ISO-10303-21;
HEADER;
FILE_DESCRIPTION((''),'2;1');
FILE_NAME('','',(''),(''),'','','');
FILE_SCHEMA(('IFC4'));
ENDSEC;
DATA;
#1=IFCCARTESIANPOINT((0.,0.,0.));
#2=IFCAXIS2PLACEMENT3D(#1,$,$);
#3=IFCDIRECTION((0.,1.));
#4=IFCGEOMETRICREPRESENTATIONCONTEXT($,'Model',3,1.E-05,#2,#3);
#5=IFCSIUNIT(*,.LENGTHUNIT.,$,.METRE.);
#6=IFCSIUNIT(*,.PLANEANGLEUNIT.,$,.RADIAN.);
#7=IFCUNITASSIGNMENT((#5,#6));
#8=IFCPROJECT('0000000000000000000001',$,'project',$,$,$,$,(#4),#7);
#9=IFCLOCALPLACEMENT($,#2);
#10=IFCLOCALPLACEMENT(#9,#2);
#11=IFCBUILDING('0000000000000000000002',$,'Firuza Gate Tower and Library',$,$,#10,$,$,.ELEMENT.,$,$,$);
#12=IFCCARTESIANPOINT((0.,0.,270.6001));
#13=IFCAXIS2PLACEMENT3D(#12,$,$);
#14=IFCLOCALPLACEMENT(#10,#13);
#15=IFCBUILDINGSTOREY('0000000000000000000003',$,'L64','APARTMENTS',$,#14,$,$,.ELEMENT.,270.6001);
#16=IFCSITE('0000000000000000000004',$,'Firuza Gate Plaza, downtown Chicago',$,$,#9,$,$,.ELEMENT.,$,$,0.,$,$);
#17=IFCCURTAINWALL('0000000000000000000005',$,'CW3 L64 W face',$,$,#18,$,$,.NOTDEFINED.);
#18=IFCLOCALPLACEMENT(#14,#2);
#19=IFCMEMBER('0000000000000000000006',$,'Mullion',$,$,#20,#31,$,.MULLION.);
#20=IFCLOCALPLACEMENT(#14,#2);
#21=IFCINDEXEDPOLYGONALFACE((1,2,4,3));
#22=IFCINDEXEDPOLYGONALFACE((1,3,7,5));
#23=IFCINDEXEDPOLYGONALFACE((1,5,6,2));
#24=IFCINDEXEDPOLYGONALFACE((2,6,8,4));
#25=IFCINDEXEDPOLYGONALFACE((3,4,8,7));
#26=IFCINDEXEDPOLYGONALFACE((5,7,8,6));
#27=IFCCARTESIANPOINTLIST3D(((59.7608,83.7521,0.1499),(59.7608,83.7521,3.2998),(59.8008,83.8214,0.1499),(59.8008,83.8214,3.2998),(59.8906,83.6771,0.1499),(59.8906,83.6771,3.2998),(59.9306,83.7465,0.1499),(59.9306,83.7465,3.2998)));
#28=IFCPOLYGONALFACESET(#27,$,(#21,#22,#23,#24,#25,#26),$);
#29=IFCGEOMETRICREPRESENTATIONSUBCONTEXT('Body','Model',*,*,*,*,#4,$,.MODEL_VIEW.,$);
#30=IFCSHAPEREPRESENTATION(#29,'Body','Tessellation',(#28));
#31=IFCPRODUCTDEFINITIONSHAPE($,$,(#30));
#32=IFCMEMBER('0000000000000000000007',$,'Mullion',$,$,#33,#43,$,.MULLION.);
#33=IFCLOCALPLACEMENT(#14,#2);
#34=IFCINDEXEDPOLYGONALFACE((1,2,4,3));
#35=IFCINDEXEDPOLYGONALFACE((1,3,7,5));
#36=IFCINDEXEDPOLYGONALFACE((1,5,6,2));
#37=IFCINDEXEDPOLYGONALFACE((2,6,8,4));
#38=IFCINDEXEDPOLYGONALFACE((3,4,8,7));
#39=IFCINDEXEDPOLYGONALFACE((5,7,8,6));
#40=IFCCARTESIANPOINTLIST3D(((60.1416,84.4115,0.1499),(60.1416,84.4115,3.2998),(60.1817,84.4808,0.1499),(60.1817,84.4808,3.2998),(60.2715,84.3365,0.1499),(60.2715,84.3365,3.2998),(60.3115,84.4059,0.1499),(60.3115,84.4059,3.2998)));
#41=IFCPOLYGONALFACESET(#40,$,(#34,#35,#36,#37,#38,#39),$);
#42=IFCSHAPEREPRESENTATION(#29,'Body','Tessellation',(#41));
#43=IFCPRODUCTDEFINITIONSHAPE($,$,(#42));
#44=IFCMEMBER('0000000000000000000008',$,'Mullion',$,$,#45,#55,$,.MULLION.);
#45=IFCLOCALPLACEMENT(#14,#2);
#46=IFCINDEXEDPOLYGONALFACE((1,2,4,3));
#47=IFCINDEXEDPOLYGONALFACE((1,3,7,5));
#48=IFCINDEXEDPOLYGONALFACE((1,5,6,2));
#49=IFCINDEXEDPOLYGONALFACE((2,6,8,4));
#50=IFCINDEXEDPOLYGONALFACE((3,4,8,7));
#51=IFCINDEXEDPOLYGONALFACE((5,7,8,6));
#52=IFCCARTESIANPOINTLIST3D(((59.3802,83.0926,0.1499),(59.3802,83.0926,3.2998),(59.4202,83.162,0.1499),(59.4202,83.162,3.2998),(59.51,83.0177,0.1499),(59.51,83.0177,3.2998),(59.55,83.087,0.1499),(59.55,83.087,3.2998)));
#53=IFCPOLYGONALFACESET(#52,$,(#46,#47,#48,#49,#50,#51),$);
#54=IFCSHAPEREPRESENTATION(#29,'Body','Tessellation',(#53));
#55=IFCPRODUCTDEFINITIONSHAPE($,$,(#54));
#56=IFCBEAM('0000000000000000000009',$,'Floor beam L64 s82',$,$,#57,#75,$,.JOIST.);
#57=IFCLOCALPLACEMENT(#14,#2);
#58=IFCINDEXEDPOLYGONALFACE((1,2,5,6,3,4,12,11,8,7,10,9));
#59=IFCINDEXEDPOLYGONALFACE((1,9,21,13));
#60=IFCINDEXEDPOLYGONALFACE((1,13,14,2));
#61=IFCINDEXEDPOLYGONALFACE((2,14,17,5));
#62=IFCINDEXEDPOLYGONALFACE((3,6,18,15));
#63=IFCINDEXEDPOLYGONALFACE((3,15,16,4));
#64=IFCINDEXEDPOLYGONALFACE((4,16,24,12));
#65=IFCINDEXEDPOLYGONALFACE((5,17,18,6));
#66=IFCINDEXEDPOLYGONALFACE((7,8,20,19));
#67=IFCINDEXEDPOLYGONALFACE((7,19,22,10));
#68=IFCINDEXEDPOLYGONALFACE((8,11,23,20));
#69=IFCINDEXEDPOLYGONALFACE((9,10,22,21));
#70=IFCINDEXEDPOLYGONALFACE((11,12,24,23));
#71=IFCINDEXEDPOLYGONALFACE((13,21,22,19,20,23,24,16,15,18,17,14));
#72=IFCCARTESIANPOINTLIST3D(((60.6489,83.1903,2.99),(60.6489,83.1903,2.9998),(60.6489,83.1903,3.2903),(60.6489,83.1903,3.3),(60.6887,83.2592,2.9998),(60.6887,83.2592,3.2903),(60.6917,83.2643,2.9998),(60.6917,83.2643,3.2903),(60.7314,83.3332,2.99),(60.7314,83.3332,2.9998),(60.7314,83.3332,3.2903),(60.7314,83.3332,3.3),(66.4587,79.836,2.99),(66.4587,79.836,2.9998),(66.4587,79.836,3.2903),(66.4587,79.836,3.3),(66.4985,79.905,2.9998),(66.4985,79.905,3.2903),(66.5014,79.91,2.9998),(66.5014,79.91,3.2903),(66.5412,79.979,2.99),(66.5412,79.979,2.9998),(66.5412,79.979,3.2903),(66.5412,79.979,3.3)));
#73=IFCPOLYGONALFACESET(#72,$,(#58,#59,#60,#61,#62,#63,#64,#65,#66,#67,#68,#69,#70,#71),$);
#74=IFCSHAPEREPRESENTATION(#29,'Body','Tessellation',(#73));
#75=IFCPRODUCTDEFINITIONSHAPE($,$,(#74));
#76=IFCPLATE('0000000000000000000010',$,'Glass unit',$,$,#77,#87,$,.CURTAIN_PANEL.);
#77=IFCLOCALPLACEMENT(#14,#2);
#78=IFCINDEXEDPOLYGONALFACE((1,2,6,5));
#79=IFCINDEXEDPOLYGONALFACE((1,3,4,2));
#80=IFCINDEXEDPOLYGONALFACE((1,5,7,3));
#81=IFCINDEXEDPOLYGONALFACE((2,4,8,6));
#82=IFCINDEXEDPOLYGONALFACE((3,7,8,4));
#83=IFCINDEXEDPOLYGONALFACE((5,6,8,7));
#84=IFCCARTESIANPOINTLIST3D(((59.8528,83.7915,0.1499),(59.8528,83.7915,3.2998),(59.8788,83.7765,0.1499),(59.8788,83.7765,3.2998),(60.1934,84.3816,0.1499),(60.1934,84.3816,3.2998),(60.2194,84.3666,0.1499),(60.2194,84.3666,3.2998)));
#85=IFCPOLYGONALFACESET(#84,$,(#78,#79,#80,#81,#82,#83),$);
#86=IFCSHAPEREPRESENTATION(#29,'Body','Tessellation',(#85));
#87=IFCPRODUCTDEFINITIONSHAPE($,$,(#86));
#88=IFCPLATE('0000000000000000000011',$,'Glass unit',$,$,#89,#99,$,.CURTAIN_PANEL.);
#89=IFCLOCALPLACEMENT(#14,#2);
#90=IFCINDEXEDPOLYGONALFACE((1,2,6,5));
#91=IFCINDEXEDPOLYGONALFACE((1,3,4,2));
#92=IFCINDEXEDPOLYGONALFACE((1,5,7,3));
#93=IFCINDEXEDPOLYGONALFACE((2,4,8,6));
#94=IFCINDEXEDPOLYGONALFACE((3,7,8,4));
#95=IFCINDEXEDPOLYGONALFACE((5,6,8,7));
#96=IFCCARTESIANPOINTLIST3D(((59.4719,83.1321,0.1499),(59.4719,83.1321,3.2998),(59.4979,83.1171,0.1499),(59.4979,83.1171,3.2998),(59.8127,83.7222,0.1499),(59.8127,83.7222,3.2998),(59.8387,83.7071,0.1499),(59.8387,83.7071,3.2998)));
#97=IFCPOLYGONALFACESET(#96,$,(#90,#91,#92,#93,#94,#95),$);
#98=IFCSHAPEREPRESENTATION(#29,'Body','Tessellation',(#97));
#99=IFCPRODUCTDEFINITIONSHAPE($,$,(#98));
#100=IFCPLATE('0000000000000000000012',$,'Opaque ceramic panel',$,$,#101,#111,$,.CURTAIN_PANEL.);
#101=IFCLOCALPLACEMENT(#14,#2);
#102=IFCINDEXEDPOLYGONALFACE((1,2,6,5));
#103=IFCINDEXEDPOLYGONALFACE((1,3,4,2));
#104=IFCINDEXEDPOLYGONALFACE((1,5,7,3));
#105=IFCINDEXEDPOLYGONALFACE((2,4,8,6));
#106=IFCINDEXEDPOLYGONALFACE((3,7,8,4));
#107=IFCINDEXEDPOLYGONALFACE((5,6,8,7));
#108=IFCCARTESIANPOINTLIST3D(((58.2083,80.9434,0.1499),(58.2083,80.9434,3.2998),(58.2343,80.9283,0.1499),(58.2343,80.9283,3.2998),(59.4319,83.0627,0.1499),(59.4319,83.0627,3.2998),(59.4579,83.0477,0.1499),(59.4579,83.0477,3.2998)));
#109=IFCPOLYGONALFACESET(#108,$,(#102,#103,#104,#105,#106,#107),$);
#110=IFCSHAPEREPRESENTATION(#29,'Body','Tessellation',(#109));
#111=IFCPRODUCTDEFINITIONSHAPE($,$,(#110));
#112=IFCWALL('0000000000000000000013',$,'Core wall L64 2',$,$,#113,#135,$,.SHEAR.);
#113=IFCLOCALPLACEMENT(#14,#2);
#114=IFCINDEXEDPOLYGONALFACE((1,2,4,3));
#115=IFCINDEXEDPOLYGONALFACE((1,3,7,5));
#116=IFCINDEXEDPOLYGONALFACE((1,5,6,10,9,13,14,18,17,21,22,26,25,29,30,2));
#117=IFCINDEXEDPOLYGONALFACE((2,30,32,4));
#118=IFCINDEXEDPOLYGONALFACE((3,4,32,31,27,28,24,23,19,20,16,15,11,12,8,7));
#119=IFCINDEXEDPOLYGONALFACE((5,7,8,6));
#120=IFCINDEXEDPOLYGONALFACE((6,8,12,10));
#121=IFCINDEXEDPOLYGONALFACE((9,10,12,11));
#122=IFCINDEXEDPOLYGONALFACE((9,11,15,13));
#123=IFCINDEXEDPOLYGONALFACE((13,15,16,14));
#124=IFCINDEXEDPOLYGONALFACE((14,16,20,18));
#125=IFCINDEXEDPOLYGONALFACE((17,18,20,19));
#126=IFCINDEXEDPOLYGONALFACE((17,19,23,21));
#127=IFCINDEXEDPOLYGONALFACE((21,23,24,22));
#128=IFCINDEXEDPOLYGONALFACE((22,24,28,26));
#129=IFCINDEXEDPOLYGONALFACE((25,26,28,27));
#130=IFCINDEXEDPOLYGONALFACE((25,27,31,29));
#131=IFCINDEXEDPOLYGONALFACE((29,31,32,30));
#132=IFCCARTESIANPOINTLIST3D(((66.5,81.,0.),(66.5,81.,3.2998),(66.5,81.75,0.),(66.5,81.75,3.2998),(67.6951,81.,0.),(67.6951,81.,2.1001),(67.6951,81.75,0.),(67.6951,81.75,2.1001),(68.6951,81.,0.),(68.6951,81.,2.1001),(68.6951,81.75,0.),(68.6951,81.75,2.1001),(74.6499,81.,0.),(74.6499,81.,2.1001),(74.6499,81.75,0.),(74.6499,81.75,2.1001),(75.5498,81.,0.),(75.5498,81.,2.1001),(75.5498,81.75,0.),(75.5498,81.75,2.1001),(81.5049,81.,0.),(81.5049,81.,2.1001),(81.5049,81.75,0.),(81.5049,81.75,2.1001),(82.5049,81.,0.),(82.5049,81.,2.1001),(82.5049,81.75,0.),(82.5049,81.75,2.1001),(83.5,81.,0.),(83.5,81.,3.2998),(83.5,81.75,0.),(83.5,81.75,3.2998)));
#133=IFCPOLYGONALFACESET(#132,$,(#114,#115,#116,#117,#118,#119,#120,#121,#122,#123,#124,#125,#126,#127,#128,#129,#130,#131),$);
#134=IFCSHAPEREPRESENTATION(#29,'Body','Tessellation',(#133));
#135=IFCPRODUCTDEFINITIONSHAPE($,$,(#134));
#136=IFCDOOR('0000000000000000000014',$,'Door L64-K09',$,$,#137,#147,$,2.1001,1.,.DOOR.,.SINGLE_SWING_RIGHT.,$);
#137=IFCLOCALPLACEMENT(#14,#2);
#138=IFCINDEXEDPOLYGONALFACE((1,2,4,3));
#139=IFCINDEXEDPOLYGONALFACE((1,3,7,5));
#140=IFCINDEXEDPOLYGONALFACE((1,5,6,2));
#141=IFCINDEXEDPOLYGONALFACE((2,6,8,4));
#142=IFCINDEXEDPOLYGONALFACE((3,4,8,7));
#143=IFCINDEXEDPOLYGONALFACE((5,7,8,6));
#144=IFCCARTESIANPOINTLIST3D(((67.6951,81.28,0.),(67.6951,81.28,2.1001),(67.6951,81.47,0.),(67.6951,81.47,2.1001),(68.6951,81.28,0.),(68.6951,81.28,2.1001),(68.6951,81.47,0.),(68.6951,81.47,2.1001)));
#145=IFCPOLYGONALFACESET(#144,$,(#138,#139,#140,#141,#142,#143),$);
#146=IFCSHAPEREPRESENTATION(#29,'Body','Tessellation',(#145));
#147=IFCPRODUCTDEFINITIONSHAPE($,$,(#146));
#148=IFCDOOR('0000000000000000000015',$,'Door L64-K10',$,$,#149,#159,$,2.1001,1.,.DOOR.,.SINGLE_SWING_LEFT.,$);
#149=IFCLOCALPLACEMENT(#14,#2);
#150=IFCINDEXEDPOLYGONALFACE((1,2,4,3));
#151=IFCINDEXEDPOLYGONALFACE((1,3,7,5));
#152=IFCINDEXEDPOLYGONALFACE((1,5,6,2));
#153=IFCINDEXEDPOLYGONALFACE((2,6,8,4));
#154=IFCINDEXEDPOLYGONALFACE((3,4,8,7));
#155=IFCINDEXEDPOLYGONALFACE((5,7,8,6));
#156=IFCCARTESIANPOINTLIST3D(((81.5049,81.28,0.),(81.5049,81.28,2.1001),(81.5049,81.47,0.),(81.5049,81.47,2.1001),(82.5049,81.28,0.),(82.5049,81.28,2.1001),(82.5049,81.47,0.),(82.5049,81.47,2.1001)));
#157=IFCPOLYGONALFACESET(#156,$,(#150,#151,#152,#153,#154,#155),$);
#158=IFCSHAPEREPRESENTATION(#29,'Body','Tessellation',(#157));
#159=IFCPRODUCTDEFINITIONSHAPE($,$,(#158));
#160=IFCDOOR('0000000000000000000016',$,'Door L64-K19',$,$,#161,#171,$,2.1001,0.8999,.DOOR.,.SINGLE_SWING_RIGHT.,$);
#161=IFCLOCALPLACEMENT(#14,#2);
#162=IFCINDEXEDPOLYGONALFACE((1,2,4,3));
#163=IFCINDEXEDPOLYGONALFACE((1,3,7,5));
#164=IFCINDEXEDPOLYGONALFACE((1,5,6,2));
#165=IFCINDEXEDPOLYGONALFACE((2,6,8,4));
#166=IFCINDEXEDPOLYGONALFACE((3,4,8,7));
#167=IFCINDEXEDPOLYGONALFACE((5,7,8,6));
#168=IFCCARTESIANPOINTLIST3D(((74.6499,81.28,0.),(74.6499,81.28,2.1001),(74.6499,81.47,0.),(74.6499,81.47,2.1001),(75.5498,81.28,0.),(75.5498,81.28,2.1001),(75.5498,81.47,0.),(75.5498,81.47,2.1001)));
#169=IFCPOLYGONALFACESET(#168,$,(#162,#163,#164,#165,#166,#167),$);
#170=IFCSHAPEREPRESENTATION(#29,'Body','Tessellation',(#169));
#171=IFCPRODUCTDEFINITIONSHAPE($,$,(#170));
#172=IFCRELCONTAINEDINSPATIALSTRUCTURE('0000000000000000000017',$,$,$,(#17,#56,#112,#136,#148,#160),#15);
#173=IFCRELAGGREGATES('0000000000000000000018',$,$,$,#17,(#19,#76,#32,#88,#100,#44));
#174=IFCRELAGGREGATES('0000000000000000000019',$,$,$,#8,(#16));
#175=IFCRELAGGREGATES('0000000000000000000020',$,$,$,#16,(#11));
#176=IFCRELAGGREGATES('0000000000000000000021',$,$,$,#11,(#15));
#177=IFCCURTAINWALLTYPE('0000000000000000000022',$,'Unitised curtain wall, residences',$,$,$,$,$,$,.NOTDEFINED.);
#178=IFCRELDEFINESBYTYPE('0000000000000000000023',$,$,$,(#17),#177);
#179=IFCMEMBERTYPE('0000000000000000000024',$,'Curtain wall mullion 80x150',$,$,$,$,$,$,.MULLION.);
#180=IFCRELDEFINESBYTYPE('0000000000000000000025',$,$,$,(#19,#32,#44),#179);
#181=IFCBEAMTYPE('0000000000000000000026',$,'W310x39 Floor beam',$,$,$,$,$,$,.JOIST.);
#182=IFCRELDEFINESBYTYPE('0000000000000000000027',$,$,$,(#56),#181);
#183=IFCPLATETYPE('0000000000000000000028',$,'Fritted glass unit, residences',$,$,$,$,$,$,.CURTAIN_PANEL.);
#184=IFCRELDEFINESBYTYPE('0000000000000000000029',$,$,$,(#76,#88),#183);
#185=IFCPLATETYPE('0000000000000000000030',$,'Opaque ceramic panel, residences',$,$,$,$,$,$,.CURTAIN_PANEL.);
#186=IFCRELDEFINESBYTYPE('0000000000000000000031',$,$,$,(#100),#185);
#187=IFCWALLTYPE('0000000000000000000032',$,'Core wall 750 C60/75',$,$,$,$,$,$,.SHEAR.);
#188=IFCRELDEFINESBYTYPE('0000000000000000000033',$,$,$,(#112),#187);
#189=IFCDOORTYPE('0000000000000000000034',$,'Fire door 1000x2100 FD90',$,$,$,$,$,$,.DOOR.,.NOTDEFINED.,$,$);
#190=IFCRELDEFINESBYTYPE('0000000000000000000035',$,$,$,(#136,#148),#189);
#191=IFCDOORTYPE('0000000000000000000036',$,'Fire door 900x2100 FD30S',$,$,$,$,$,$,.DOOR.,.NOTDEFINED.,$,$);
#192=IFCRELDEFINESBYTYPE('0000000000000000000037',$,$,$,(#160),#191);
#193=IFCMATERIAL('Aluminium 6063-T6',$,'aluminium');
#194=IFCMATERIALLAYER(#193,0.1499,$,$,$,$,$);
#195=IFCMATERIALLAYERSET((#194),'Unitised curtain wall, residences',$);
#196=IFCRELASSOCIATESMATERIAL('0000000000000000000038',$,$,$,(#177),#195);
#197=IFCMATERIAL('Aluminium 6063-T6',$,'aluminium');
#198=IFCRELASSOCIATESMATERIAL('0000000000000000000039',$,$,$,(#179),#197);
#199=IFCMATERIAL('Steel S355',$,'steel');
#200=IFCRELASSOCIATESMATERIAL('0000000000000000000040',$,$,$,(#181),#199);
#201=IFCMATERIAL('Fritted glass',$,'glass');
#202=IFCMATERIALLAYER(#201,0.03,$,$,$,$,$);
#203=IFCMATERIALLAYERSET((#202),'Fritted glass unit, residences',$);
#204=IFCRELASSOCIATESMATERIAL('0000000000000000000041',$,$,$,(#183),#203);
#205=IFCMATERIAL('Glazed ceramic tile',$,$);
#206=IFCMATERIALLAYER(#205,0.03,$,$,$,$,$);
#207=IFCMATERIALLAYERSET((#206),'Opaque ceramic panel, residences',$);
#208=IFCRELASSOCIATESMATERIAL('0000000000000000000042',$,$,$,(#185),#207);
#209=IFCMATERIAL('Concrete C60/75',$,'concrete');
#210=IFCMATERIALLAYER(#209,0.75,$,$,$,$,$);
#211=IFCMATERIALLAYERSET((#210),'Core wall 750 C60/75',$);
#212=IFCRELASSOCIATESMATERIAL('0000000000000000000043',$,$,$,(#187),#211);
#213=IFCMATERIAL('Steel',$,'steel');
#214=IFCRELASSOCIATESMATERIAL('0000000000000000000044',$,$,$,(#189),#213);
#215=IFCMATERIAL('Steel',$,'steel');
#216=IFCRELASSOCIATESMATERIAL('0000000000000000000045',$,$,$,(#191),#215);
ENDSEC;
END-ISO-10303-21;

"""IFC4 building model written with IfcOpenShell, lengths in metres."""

from ifc_helpers import new_model, si_unit, direction, frame, frame_2d, origin, origin_2d, place, context, subcontext, project, spatial, polyline, rectangle, i_section, outline, extrude, material, layer, layer_set, material_profile, profile_set, type_object, element, fill, aggregate, save


model = new_model("IFC4")

# Units and contexts
model_context = context("Model", 3, precision=1e-05, world=origin(), true_north=direction((0.0, 1.0)))
body_context = subcontext(model_context, "Body", "Model", "MODEL_VIEW")
ifc_project = project(units=[si_unit("LENGTHUNIT", "METRE"), si_unit("PLANEANGLEUNIT", "RADIAN")], contexts=[model_context])

# Site, building, storey
site_placement = place(None, origin())
site = spatial("IfcSite", under=ifc_project, at=site_placement, Name="Firuza Gate Plaza, downtown Chicago", CompositionType="ELEMENT", RefElevation=0.0)
building_placement = place(site_placement, origin())
building = spatial("IfcBuilding", under=site, at=building_placement, Name="Firuza Gate Tower and Library", CompositionType="ELEMENT")
storey_placement = place(building_placement, frame((0.0, 0.0, 270.6001)))
storey = spatial("IfcBuildingStorey", under=building, at=storey_placement, Name="L64", Description="APARTMENTS", CompositionType="ELEMENT", Elevation=270.6001)

# Curtain wall, members
ifc_material_1 = material(Name="Aluminium 6063-T6", Category="aluminium")
ifc_layer_1 = layer(ifc_material_1, 0.1499)
ifc_layer_set_1 = layer_set([ifc_layer_1], Name="Unitised curtain wall, residences")
curtain_wall_type = type_object("IfcCurtainWallType", Name="Unitised curtain wall, residences", PredefinedType="NOTDEFINED", material=ifc_layer_set_1)
curtain_wall_placement = place(storey_placement, origin())
curtain_wall = element("IfcCurtainWall", 1, at=curtain_wall_placement, inside=storey, type_object=curtain_wall_type, Name="CW3 L64 W face", PredefinedType="NOTDEFINED")
ifc_material_2 = material(Name="Aluminium 6063-T6", Category="aluminium")
ifc_material_profile_1 = material_profile(ifc_material_2, rectangle(XDim=0.1499, YDim=0.0801, at=origin_2d()))
ifc_profile_set_1 = profile_set([ifc_material_profile_1], Name="Aluminium 6063-T6")
member_type = type_object("IfcMemberType", Name="Curtain wall mullion 80x150", PredefinedType="MULLION", material=ifc_profile_set_1)
member_1_placement = place(storey_placement, frame((59.8457, 83.7493, 0.1499), z_axis=(0.0, 0.0, 1.0), x_axis=(0.866025, -0.5, 0.0)))
member_1 = element("IfcMember", 2, at=member_1_placement, type_object=member_type, Name="Mullion", PredefinedType="MULLION", context=body_context, shape_type="SweptSolid", body=[
    extrude(rectangle(XDim=0.1499, YDim=0.0801, at=origin_2d()), origin(), (0.0, 0.0, 1.0), 3.1499),
])
member_2_placement = place(storey_placement, frame((60.2266, 84.4087, 0.1499), z_axis=(0.0, 0.0, 1.0), x_axis=(0.866025, -0.5, 0.0)))
member_2 = element("IfcMember", 3, at=member_2_placement, type_object=member_type, Name="Mullion", PredefinedType="MULLION", context=body_context, shape_type="SweptSolid", body=[
    extrude(rectangle(XDim=0.1499, YDim=0.0801, at=origin_2d()), origin(), (0.0, 0.0, 1.0), 3.1499),
])
member_3_placement = place(storey_placement, frame((59.4651, 83.0898, 0.1499), z_axis=(0.0, 0.0, 1.0), x_axis=(0.866025, -0.5, 0.0)))
member_3 = element("IfcMember", 4, at=member_3_placement, type_object=member_type, Name="Mullion", PredefinedType="MULLION", context=body_context, shape_type="SweptSolid", body=[
    extrude(rectangle(XDim=0.1499, YDim=0.0801, at=origin_2d()), origin(), (0.0, 0.0, 1.0), 3.1499),
])

# Beam
ifc_material_3 = material(Name="Steel S355", Category="steel")
ifc_material_profile_2 = material_profile(ifc_material_3, i_section(OverallWidth=0.165, OverallDepth=0.3101, WebThickness=0.0059, FlangeThickness=0.0098, at=origin_2d()))
ifc_profile_set_2 = profile_set([ifc_material_profile_2], Name="Steel S355")
beam_type = type_object("IfcBeamType", Name="W310x39 Floor beam", PredefinedType="JOIST", material=ifc_profile_set_2)
beam_placement = place(storey_placement, frame((60.6902, 83.2617, 3.145), z_axis=(0.866029, -0.499994, 0.0), x_axis=(0.499994, 0.866029, 0.0)))
element("IfcBeam", 5, at=beam_placement, inside=storey, type_object=beam_type, Name="Floor beam L64 s82", PredefinedType="JOIST", context=body_context, shape_type="SweptSolid", body=[
    extrude(i_section(OverallWidth=0.165, OverallDepth=0.3101, WebThickness=0.0059, FlangeThickness=0.0098, at=origin_2d()), origin(), (0.0, 0.0, 1.0), 6.7085),
])

# Plates
ifc_material_4 = material(Name="Fritted glass", Category="glass")
ifc_layer_2 = layer(ifc_material_4, 0.03)
ifc_layer_set_2 = layer_set([ifc_layer_2], Name="Fritted glass unit, residences")
plate_type_1 = type_object("IfcPlateType", Name="Fritted glass unit, residences", PredefinedType="CURTAIN_PANEL", material=ifc_layer_set_2)
plate_1_placement = place(storey_placement, frame((60.1934, 84.3816, 0.1499), z_axis=(-0.866096, 0.499878, 0.0), x_axis=(-0.499878, -0.866096, 0.0)))
plate_1 = element("IfcPlate", 6, at=plate_1_placement, type_object=plate_type_1, Name="Glass unit", PredefinedType="CURTAIN_PANEL", context=body_context, shape_type="SweptSolid", body=[
    extrude(outline(polyline([(0.0, 0.0), (0.6813, 0.0), (0.6813, 3.1499), (0.0, 3.1499), (0.0, 0.0)])), origin(), (0.0, 0.0, -1.0), 0.03),
])
plate_2_placement = place(storey_placement, frame((59.8127, 83.7222, 0.1499), z_axis=(-0.865941, 0.500146, 0.0), x_axis=(-0.500146, -0.865941, 0.0)))
plate_2 = element("IfcPlate", 7, at=plate_2_placement, type_object=plate_type_1, Name="Glass unit", PredefinedType="CURTAIN_PANEL", context=body_context, shape_type="SweptSolid", body=[
    extrude(outline(polyline([(0.0, 0.0), (0.6814, 0.0), (0.6814, 3.1499), (0.0, 3.1499), (0.0, 0.0)])), origin(), (0.0, 0.0, -1.0), 0.03),
])
ifc_material_5 = material(Name="Glazed ceramic tile")
ifc_layer_3 = layer(ifc_material_5, 0.03)
ifc_layer_set_3 = layer_set([ifc_layer_3], Name="Opaque ceramic panel, residences")
plate_type_2 = type_object("IfcPlateType", Name="Opaque ceramic panel, residences", PredefinedType="CURTAIN_PANEL", material=ifc_layer_set_3)
plate_3_placement = place(storey_placement, frame((59.4319, 83.0627, 0.1499), z_axis=(-0.866024, 0.500002, 0.0), x_axis=(-0.500002, -0.866024, 0.0)))
plate_3 = element("IfcPlate", 8, at=plate_3_placement, type_object=plate_type_2, Name="Opaque ceramic panel", PredefinedType="CURTAIN_PANEL", context=body_context, shape_type="SweptSolid", body=[
    extrude(outline(polyline([(0.0, 0.0), (2.4473, 0.0), (2.4473, 3.1499), (0.0, 3.1499), (0.0, 0.0)])), origin(), (0.0, 0.0, -1.0), 0.03),
])
aggregate(curtain_wall, [member_1, plate_1, member_2, plate_2, plate_3, member_3])

# Wall, openings, doors
ifc_material_6 = material(Name="Concrete C60/75", Category="concrete")
ifc_layer_4 = layer(ifc_material_6, 0.75)
ifc_layer_set_4 = layer_set([ifc_layer_4], Name="Core wall 750 C60/75")
wall_type_1 = type_object("IfcWallType", Name="Core wall 750 C60/75", PredefinedType="SHEAR", material=ifc_layer_set_4)
wall_1_placement = place(storey_placement, frame((66.5, 81.375, 0.0), z_axis=(0.0, 0.0, 1.0), x_axis=(1.0, 0.0, 0.0)))
wall_1 = element("IfcWall", 9, at=wall_1_placement, inside=storey, type_object=wall_type_1, Name="Core wall L64 2", PredefinedType="SHEAR", context=body_context, shape_type="SweptSolid", body=[
    extrude(rectangle(XDim=17.0, YDim=0.75, at=frame_2d((8.5, 0.0))), origin(), (0.0, 0.0, 1.0), 3.2998),
])
opening_1_placement = place(wall_1_placement, frame((1.1951, 0.0, 0.0)))
opening_1 = element("IfcOpeningElement", 10, at=opening_1_placement, cuts=wall_1, PredefinedType="OPENING", context=body_context, shape_type="SweptSolid", body=[
    extrude(rectangle(XDim=1.0, YDim=2.1001, at=frame_2d((0.5, 1.05))), frame((0.0, 0.385, 0.0), z_axis=(0.0, -1.0, 0.0), x_axis=(1.0, 0.0, 0.0)), (0.0, 0.0, 1.0), 0.77),
])
opening_2_placement = place(wall_1_placement, frame((15.0049, 0.0, 0.0)))
opening_2 = element("IfcOpeningElement", 11, at=opening_2_placement, cuts=wall_1, PredefinedType="OPENING", context=body_context, shape_type="SweptSolid", body=[
    extrude(rectangle(XDim=1.0, YDim=2.1001, at=frame_2d((0.5, 1.05))), frame((0.0, 0.385, 0.0), z_axis=(0.0, -1.0, 0.0), x_axis=(1.0, 0.0, 0.0)), (0.0, 0.0, 1.0), 0.77),
])
opening_3_placement = place(wall_1_placement, frame((8.1499, 0.0, 0.0)))
opening_3 = element("IfcOpeningElement", 12, at=opening_3_placement, cuts=wall_1, PredefinedType="OPENING", context=body_context, shape_type="SweptSolid", body=[
    extrude(rectangle(XDim=0.8999, YDim=2.1001, at=frame_2d((0.45, 1.05))), frame((0.0, 0.385, 0.0), z_axis=(0.0, -1.0, 0.0), x_axis=(1.0, 0.0, 0.0)), (0.0, 0.0, 1.0), 0.77),
])
ifc_material_7 = material(Name="Steel", Category="steel")
door_type_1 = type_object("IfcDoorType", Name="Fire door 1000x2100 FD90", OperationType="NOTDEFINED", PredefinedType="DOOR", material=ifc_material_7)
door_1_placement = place(opening_1_placement, origin())
door_1 = element("IfcDoor", 13, at=door_1_placement, inside=storey, type_object=door_type_1, Name="Door L64-K09", OperationType="SINGLE_SWING_RIGHT", OverallHeight=2.1001, OverallWidth=1.0, PredefinedType="DOOR", context=body_context, shape_type="SweptSolid", body=[
    extrude(rectangle(XDim=1.0, YDim=2.1001, at=frame_2d((0.5, 1.05))), frame((0.0, 0.095, 0.0), z_axis=(0.0, -1.0, 0.0), x_axis=(1.0, 0.0, 0.0)), (0.0, 0.0, 1.0), 0.1899),
])
fill(opening_1, door_1)
door_2_placement = place(opening_2_placement, origin())
door_2 = element("IfcDoor", 14, at=door_2_placement, inside=storey, type_object=door_type_1, Name="Door L64-K10", OperationType="SINGLE_SWING_LEFT", OverallHeight=2.1001, OverallWidth=1.0, PredefinedType="DOOR", context=body_context, shape_type="SweptSolid", body=[
    extrude(rectangle(XDim=1.0, YDim=2.1001, at=frame_2d((0.5, 1.05))), frame((0.0, 0.095, 0.0), z_axis=(0.0, -1.0, 0.0), x_axis=(1.0, 0.0, 0.0)), (0.0, 0.0, 1.0), 0.1899),
])
fill(opening_2, door_2)
ifc_material_8 = material(Name="Steel", Category="steel")
door_type_2 = type_object("IfcDoorType", Name="Fire door 900x2100 FD30S", OperationType="NOTDEFINED", PredefinedType="DOOR", material=ifc_material_8)
door_3_placement = place(opening_3_placement, origin())
door_3 = element("IfcDoor", 15, at=door_3_placement, inside=storey, type_object=door_type_2, Name="Door L64-K19", OperationType="SINGLE_SWING_RIGHT", OverallHeight=2.1001, OverallWidth=0.8999, PredefinedType="DOOR", context=body_context, shape_type="SweptSolid", body=[
    extrude(rectangle(XDim=0.8999, YDim=2.1001, at=frame_2d((0.45, 1.05))), frame((0.0, 0.095, 0.0), z_axis=(0.0, -1.0, 0.0), x_axis=(1.0, 0.0, 0.0)), (0.0, 0.0, 1.0), 0.1899),
])
fill(opening_3, door_3)

save(model, "model.ifc")
